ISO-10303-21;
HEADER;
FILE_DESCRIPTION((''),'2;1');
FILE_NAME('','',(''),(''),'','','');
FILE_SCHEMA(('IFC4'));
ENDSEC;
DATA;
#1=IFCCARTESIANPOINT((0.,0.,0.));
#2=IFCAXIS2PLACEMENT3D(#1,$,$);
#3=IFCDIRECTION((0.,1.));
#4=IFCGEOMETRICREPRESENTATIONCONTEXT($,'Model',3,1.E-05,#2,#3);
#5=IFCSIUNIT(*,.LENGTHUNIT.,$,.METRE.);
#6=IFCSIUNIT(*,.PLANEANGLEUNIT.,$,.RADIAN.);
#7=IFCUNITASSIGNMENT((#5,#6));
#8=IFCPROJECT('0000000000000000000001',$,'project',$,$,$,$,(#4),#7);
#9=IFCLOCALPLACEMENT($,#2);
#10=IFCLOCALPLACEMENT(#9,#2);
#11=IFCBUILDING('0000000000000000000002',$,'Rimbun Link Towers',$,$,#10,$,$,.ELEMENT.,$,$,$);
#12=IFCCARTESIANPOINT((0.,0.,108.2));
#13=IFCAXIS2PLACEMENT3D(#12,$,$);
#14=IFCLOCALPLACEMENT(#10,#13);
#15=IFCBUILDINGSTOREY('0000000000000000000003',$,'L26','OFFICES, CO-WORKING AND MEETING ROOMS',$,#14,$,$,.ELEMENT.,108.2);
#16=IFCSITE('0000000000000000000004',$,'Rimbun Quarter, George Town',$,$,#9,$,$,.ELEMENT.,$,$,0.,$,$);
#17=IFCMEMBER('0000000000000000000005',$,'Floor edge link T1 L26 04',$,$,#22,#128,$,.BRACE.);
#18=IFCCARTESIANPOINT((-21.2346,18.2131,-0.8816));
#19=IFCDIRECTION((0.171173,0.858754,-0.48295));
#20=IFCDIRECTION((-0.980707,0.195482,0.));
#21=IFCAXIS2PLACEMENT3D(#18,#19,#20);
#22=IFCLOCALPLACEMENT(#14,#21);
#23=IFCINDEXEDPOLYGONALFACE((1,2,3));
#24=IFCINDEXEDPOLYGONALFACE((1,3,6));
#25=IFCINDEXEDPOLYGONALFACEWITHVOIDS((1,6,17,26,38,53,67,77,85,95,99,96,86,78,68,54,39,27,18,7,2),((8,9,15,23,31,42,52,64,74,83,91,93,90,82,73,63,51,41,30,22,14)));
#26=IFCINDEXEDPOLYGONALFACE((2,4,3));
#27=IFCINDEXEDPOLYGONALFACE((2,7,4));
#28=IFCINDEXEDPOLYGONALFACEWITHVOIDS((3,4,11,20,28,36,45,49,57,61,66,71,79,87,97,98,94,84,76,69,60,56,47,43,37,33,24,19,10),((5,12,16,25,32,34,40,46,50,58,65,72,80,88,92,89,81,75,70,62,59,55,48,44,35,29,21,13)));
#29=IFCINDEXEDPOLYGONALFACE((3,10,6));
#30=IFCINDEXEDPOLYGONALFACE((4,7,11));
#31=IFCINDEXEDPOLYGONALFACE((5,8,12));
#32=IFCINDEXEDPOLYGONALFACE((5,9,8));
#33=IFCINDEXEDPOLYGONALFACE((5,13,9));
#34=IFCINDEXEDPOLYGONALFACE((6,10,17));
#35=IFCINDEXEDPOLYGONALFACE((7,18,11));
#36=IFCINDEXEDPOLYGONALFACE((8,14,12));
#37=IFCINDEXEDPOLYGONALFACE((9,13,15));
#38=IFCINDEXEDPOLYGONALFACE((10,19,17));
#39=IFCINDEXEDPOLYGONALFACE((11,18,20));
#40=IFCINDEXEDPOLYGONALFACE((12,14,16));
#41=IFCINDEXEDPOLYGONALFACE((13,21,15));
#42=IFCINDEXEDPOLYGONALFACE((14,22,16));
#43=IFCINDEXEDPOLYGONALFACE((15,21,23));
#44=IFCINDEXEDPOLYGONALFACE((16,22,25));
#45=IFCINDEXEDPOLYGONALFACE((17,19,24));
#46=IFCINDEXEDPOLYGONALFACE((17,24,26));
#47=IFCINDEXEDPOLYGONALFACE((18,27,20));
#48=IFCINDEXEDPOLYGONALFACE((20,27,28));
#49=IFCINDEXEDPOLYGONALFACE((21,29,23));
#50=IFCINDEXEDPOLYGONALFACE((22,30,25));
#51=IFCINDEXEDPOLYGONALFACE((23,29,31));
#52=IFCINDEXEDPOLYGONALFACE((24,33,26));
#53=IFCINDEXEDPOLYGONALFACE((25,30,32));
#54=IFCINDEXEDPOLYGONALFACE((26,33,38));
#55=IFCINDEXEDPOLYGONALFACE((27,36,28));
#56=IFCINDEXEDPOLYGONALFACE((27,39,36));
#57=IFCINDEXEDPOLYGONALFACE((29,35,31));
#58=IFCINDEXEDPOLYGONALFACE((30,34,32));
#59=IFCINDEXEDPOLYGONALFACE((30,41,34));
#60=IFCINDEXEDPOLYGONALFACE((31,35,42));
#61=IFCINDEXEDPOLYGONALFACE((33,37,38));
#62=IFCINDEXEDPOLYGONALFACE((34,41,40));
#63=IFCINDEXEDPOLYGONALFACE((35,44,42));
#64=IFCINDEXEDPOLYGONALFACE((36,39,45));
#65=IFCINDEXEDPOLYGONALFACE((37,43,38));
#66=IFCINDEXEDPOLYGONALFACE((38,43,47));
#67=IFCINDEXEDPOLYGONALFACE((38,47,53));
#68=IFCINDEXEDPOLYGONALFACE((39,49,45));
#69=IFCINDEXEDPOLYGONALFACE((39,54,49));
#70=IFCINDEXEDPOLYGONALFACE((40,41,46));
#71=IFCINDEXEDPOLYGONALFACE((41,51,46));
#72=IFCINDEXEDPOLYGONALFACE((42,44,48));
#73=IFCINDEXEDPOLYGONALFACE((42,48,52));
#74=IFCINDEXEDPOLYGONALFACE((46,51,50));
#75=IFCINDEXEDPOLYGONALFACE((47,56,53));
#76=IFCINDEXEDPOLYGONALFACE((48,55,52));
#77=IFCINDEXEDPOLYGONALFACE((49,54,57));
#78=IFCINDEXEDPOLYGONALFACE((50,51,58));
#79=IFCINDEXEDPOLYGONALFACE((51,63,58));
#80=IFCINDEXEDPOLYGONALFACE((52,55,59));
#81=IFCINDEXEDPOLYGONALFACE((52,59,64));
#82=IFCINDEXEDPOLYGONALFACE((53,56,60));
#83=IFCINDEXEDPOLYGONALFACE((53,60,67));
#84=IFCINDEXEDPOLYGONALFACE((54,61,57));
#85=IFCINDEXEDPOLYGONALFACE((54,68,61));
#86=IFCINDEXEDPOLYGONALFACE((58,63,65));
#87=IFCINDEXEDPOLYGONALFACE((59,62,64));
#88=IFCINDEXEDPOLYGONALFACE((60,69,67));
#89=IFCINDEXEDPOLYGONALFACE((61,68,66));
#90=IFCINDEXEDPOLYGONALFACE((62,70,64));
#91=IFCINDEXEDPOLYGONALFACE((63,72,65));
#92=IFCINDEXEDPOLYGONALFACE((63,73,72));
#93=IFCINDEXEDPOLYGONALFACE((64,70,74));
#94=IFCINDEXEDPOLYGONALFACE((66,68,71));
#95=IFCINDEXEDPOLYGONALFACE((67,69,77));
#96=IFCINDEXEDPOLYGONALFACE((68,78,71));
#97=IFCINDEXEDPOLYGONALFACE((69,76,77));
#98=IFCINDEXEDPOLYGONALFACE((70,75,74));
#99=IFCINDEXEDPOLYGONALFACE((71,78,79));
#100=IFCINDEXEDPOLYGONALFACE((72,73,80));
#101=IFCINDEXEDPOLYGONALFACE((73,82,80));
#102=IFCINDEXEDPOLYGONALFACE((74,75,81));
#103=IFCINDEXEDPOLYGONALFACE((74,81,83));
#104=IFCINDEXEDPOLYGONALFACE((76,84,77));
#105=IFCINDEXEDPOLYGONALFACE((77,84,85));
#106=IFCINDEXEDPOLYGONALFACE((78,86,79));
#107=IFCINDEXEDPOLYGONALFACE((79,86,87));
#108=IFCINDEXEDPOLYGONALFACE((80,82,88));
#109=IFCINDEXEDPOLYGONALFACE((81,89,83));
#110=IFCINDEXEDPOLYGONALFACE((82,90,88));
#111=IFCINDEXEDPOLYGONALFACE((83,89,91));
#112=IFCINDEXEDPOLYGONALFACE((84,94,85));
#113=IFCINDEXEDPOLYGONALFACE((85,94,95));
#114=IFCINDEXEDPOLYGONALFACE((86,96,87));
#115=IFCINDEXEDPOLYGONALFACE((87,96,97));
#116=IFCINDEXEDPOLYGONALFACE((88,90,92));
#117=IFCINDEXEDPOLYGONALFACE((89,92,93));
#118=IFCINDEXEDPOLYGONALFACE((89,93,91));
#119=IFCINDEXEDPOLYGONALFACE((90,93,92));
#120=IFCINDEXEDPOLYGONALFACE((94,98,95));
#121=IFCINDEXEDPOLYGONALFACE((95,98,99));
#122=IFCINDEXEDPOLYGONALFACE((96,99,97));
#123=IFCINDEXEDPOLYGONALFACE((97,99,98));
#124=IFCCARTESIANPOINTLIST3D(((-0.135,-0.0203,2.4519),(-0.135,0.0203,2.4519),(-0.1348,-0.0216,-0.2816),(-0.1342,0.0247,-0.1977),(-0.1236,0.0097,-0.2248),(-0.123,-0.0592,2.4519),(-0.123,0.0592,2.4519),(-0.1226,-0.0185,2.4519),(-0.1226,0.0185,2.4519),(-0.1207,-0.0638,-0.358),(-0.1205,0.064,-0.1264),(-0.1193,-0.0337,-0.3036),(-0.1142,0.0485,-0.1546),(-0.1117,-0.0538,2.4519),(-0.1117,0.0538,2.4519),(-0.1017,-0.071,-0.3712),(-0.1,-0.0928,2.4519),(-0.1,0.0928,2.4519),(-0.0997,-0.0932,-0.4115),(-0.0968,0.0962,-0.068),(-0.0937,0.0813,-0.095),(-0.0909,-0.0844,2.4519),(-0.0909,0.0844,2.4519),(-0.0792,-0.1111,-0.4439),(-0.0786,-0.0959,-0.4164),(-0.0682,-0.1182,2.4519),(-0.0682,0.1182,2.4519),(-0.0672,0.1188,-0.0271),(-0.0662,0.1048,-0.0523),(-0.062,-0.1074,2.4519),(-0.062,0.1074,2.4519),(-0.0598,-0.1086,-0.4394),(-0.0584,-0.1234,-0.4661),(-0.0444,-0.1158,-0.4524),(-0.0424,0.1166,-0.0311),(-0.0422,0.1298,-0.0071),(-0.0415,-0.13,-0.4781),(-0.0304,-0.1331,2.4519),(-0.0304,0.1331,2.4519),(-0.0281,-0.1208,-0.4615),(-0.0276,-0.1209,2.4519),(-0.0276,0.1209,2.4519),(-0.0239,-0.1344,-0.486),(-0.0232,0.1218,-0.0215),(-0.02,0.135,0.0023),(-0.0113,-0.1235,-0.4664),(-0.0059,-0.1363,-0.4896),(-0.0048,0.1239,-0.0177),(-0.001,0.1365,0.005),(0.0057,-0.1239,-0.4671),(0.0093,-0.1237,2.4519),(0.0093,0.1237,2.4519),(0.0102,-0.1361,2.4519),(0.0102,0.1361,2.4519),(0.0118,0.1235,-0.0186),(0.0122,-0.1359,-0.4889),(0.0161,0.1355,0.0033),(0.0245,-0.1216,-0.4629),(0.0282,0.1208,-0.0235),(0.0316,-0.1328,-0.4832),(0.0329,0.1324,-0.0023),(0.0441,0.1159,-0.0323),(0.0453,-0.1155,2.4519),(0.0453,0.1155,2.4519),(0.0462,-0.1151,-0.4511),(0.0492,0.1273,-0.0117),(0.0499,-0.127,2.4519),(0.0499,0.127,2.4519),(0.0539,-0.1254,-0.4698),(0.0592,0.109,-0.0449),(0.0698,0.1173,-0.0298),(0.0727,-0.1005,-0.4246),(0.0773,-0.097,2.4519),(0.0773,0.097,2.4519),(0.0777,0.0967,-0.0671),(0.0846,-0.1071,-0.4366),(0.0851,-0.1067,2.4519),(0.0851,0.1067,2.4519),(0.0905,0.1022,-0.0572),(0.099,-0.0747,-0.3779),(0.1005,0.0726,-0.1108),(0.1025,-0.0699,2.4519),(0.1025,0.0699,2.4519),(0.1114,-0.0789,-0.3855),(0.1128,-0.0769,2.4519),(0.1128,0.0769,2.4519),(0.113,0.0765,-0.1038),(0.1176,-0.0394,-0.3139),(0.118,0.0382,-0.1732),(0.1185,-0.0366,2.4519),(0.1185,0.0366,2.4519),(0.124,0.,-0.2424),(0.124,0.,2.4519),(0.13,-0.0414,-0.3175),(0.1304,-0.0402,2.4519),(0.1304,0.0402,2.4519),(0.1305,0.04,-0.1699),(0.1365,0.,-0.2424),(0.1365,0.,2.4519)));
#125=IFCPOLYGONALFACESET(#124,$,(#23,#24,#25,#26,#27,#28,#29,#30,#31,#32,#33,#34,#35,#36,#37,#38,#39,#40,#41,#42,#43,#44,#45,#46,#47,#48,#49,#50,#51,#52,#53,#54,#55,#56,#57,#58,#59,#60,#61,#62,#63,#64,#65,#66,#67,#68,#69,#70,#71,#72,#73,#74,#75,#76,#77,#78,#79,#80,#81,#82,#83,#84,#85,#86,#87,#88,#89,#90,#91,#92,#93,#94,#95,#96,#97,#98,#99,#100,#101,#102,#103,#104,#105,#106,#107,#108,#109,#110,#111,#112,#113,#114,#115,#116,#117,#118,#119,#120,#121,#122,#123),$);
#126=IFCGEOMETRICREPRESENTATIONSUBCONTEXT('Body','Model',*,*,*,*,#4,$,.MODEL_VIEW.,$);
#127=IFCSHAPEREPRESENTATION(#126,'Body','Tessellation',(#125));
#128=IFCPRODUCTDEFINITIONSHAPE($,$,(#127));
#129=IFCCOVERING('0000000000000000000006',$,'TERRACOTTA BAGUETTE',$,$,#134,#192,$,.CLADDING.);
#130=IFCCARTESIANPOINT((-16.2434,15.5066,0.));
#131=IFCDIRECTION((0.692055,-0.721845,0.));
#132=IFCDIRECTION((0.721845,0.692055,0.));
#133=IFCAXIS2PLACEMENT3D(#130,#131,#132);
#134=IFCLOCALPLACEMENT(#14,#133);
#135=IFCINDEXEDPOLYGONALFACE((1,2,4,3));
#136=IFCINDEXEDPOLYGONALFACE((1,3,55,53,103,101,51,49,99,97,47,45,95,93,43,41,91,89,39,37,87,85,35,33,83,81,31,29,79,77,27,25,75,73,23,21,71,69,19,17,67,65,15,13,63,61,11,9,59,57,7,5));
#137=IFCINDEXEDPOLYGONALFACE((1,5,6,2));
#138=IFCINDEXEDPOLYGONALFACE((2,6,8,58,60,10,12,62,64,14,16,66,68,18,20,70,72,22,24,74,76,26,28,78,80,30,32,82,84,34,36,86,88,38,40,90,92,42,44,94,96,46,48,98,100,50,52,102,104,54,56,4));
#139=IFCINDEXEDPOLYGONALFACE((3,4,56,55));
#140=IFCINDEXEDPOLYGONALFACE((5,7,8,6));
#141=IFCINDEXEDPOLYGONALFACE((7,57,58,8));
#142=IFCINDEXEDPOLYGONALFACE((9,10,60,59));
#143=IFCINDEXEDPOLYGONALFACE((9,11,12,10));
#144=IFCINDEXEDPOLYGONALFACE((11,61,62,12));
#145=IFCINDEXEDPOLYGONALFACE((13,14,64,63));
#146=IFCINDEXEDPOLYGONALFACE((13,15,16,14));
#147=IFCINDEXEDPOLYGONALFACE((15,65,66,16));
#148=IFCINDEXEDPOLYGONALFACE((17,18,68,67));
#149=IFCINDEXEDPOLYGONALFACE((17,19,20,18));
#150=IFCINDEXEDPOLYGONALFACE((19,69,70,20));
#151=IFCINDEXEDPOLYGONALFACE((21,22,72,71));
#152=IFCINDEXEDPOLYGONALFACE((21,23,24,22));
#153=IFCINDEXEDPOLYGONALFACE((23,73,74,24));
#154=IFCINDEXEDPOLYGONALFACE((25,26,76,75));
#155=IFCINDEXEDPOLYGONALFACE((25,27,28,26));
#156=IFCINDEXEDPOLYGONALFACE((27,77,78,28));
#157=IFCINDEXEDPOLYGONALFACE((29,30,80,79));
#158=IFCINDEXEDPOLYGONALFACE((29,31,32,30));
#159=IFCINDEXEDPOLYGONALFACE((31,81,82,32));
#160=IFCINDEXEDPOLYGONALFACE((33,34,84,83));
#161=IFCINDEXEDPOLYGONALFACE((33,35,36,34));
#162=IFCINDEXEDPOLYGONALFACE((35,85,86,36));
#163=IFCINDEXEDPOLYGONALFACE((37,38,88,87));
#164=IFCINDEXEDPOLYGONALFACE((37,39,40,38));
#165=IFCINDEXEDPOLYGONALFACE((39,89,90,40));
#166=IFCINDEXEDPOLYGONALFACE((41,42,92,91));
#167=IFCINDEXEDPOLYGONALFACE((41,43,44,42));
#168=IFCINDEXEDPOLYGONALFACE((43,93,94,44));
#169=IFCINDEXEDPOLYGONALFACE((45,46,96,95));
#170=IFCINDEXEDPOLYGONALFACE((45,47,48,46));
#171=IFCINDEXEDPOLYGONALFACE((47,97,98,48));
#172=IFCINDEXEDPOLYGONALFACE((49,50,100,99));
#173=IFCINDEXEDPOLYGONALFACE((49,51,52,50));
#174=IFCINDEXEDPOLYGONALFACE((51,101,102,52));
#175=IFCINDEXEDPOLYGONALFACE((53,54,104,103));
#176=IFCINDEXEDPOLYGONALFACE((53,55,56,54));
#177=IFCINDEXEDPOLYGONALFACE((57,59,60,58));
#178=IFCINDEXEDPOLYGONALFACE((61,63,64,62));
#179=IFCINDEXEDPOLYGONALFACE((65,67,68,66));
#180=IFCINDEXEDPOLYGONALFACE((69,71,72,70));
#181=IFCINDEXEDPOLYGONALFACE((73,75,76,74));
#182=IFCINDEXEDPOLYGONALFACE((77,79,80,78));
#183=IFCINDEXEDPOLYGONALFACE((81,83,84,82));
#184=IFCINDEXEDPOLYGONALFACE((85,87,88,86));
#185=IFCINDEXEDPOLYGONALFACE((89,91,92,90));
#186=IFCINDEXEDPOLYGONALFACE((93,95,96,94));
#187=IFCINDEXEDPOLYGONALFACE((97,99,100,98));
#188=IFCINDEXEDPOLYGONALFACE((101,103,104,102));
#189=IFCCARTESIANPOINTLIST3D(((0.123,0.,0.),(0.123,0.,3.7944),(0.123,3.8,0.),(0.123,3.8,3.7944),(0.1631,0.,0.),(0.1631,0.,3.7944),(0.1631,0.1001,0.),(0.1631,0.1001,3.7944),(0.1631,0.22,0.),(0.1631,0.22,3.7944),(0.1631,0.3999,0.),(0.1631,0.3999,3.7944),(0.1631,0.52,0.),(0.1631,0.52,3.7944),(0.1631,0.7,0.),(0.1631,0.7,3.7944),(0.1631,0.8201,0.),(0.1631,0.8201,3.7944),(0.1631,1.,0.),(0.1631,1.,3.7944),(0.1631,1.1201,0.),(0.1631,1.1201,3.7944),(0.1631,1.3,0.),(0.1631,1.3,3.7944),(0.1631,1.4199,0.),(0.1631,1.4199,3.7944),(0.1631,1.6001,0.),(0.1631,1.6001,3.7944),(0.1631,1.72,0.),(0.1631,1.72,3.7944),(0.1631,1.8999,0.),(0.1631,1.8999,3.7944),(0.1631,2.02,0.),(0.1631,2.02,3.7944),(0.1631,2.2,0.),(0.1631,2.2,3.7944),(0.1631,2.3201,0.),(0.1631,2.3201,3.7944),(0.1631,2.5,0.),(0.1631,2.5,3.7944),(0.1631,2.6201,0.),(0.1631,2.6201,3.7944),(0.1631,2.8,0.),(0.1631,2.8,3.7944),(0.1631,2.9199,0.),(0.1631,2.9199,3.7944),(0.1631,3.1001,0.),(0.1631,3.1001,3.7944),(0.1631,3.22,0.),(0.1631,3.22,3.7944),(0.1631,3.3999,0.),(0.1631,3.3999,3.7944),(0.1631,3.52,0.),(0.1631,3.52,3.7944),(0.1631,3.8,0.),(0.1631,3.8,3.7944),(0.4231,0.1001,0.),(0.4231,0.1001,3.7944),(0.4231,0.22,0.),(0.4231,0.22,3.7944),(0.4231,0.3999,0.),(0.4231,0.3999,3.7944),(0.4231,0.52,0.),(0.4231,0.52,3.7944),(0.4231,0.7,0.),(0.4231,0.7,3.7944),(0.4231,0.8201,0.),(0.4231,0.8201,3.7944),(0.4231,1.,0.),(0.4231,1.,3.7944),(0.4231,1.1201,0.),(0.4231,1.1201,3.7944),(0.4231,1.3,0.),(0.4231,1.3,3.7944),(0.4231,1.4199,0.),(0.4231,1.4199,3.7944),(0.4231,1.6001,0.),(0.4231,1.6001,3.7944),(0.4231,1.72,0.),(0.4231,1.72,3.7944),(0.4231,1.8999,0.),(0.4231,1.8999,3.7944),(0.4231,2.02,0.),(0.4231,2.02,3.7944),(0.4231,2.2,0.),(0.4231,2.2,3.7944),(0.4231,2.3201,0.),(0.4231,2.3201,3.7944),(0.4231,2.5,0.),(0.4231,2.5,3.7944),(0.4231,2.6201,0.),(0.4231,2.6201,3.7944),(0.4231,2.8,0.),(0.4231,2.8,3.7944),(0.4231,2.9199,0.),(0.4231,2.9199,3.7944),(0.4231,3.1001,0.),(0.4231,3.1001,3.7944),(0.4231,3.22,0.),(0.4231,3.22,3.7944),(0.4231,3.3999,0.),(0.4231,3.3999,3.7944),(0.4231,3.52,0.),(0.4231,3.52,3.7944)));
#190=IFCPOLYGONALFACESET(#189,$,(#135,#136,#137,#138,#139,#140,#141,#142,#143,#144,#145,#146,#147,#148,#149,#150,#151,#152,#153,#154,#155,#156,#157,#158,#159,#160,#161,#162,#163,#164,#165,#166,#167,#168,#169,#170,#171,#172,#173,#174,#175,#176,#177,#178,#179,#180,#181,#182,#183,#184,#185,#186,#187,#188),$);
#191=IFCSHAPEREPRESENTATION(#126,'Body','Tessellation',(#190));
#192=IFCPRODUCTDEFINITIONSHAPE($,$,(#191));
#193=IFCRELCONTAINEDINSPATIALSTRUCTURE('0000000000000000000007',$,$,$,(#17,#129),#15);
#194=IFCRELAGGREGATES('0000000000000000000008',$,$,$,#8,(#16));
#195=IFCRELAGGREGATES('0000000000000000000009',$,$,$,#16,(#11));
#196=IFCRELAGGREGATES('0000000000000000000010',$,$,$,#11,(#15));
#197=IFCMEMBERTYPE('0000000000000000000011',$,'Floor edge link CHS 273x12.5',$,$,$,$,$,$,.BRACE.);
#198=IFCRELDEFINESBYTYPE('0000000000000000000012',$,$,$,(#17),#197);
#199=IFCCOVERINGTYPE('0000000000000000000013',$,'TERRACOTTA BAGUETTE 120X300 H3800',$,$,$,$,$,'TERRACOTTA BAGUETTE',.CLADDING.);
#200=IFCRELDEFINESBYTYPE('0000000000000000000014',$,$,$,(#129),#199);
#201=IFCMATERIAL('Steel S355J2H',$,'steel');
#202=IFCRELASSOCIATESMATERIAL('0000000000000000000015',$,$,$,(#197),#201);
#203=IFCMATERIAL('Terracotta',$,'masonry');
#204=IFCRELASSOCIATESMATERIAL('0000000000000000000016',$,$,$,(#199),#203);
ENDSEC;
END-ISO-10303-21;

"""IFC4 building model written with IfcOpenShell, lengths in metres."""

from ifc_helpers import new_model, si_unit, direction, frame, origin, origin_2d, place, context, subcontext, project, spatial, polyline, hollow_circle, outline, extrude, clip, halfspace, material, material_profile, profile_set, type_object, element, save


model = new_model("IFC4")

# Units and contexts
model_context = context("Model", 3, precision=1e-05, world=origin(), true_north=direction((0.0, 1.0)))
body_context = subcontext(model_context, "Body", "Model", "MODEL_VIEW")
ifc_project = project(units=[si_unit("LENGTHUNIT", "METRE"), si_unit("PLANEANGLEUNIT", "RADIAN")], contexts=[model_context])

# Site, building, storey
site_placement = place(None, origin())
site = spatial("IfcSite", under=ifc_project, at=site_placement, Name="Rimbun Quarter, George Town", CompositionType="ELEMENT", RefElevation=0.0)
building_placement = place(site_placement, origin())
building = spatial("IfcBuilding", under=site, at=building_placement, Name="Rimbun Link Towers", CompositionType="ELEMENT")
storey_placement = place(building_placement, frame((0.0, 0.0, 108.2)))
storey = spatial("IfcBuildingStorey", under=building, at=storey_placement, Name="L26", Description="OFFICES, CO-WORKING AND MEETING ROOMS", CompositionType="ELEMENT", Elevation=108.2)

# Member
ifc_material_1 = material(Name="Steel S355J2H", Category="steel")
ifc_material_profile_1 = material_profile(ifc_material_1, hollow_circle(Radius=0.1365, WallThickness=0.0125, at=origin_2d()), Name="CHS 273x12.5")
ifc_profile_set_1 = profile_set([ifc_material_profile_1], Name="Steel S355J2H")
member_type_1 = type_object("IfcMemberType", Name="Floor edge link CHS 273x12.5", PredefinedType="BRACE", material=ifc_profile_set_1)
member_1_placement = place(storey_placement, frame((-21.2346, 18.2131, -0.8816), z_axis=(0.171173, 0.858754, -0.48295), x_axis=(-0.980707, 0.195482, 0.0)))
element("IfcMember", 1, at=member_1_placement, inside=storey, type_object=member_type_1, Name="Floor edge link T1 L26 04", PredefinedType="BRACE", context=body_context, shape_type="Clipping", body=[
    clip(extrude(hollow_circle(Radius=0.1365, WallThickness=0.0125, at=origin_2d()), frame((0.0, 0.0, -0.5156)), (0.0, 0.0, 1.0), 2.9675), halfspace(frame((0.0, 0.0, -0.2424), z_axis=(0.0, 0.875648, -0.48295)), False)),
])

# Covering
ifc_material_2 = material(Name="Terracotta", Category="masonry")
ifc_material_profile_2 = material_profile(ifc_material_2, outline(polyline([(0.123, 0.0), (0.1631, 0.0), (0.1631, 0.1001), (0.4231, 0.1001), (0.4231, 0.22), (0.1631, 0.22), (0.1631, 0.3999), (0.4231, 0.3999), (0.4231, 0.52), (0.1631, 0.52), (0.1631, 0.7), (0.4231, 0.7), (0.4231, 0.8201), (0.1631, 0.8201), (0.1631, 1.0), (0.4231, 1.0), (0.4231, 1.1201), (0.1631, 1.1201), (0.1631, 1.3), (0.4231, 1.3), (0.4231, 1.4199), (0.1631, 1.4199), (0.1631, 1.6001), (0.4231, 1.6001), (0.4231, 1.72), (0.1631, 1.72), (0.1631, 1.8999), (0.4231, 1.8999), (0.4231, 2.02), (0.1631, 2.02), (0.1631, 2.2), (0.4231, 2.2), (0.4231, 2.3201), (0.1631, 2.3201), (0.1631, 2.5), (0.4231, 2.5), (0.4231, 2.6201), (0.1631, 2.6201), (0.1631, 2.8), (0.4231, 2.8), (0.4231, 2.9199), (0.1631, 2.9199), (0.1631, 3.1001), (0.4231, 3.1001), (0.4231, 3.22), (0.1631, 3.22), (0.1631, 3.3999), (0.4231, 3.3999), (0.4231, 3.52), (0.1631, 3.52), (0.1631, 3.8), (0.123, 3.8), (0.123, 0.0)])), Name="BAGUETTE 120X300")
ifc_profile_set_2 = profile_set([ifc_material_profile_2], Name="Terracotta")
covering_type = type_object("IfcCoveringType", Name="TERRACOTTA BAGUETTE 120X300 H3800", ElementType="TERRACOTTA BAGUETTE", PredefinedType="CLADDING", material=ifc_profile_set_2)
covering_1_placement = place(storey_placement, frame((-16.2434, 15.5066, 0.0), z_axis=(0.692055, -0.721845, 0.0), x_axis=(0.721845, 0.692055, 0.0)))
element("IfcCovering", 2, at=covering_1_placement, inside=storey, type_object=covering_type, Name="TERRACOTTA BAGUETTE", PredefinedType="CLADDING", context=body_context, shape_type="SweptSolid", body=[
    extrude(outline(polyline([(0.123, 0.0), (0.1631, 0.0), (0.1631, 0.1001), (0.4231, 0.1001), (0.4231, 0.22), (0.1631, 0.22), (0.1631, 0.3999), (0.4231, 0.3999), (0.4231, 0.52), (0.1631, 0.52), (0.1631, 0.7), (0.4231, 0.7), (0.4231, 0.8201), (0.1631, 0.8201), (0.1631, 1.0), (0.4231, 1.0), (0.4231, 1.1201), (0.1631, 1.1201), (0.1631, 1.3), (0.4231, 1.3), (0.4231, 1.4199), (0.1631, 1.4199), (0.1631, 1.6001), (0.4231, 1.6001), (0.4231, 1.72), (0.1631, 1.72), (0.1631, 1.8999), (0.4231, 1.8999), (0.4231, 2.02), (0.1631, 2.02), (0.1631, 2.2), (0.4231, 2.2), (0.4231, 2.3201), (0.1631, 2.3201), (0.1631, 2.5), (0.4231, 2.5), (0.4231, 2.6201), (0.1631, 2.6201), (0.1631, 2.8), (0.4231, 2.8), (0.4231, 2.9199), (0.1631, 2.9199), (0.1631, 3.1001), (0.4231, 3.1001), (0.4231, 3.22), (0.1631, 3.22), (0.1631, 3.3999), (0.4231, 3.3999), (0.4231, 3.52), (0.1631, 3.52), (0.1631, 3.8), (0.123, 3.8), (0.123, 0.0)])), origin(), (0.0, 0.0, 1.0), 3.7944),
])

save(model, "model.ifc")
